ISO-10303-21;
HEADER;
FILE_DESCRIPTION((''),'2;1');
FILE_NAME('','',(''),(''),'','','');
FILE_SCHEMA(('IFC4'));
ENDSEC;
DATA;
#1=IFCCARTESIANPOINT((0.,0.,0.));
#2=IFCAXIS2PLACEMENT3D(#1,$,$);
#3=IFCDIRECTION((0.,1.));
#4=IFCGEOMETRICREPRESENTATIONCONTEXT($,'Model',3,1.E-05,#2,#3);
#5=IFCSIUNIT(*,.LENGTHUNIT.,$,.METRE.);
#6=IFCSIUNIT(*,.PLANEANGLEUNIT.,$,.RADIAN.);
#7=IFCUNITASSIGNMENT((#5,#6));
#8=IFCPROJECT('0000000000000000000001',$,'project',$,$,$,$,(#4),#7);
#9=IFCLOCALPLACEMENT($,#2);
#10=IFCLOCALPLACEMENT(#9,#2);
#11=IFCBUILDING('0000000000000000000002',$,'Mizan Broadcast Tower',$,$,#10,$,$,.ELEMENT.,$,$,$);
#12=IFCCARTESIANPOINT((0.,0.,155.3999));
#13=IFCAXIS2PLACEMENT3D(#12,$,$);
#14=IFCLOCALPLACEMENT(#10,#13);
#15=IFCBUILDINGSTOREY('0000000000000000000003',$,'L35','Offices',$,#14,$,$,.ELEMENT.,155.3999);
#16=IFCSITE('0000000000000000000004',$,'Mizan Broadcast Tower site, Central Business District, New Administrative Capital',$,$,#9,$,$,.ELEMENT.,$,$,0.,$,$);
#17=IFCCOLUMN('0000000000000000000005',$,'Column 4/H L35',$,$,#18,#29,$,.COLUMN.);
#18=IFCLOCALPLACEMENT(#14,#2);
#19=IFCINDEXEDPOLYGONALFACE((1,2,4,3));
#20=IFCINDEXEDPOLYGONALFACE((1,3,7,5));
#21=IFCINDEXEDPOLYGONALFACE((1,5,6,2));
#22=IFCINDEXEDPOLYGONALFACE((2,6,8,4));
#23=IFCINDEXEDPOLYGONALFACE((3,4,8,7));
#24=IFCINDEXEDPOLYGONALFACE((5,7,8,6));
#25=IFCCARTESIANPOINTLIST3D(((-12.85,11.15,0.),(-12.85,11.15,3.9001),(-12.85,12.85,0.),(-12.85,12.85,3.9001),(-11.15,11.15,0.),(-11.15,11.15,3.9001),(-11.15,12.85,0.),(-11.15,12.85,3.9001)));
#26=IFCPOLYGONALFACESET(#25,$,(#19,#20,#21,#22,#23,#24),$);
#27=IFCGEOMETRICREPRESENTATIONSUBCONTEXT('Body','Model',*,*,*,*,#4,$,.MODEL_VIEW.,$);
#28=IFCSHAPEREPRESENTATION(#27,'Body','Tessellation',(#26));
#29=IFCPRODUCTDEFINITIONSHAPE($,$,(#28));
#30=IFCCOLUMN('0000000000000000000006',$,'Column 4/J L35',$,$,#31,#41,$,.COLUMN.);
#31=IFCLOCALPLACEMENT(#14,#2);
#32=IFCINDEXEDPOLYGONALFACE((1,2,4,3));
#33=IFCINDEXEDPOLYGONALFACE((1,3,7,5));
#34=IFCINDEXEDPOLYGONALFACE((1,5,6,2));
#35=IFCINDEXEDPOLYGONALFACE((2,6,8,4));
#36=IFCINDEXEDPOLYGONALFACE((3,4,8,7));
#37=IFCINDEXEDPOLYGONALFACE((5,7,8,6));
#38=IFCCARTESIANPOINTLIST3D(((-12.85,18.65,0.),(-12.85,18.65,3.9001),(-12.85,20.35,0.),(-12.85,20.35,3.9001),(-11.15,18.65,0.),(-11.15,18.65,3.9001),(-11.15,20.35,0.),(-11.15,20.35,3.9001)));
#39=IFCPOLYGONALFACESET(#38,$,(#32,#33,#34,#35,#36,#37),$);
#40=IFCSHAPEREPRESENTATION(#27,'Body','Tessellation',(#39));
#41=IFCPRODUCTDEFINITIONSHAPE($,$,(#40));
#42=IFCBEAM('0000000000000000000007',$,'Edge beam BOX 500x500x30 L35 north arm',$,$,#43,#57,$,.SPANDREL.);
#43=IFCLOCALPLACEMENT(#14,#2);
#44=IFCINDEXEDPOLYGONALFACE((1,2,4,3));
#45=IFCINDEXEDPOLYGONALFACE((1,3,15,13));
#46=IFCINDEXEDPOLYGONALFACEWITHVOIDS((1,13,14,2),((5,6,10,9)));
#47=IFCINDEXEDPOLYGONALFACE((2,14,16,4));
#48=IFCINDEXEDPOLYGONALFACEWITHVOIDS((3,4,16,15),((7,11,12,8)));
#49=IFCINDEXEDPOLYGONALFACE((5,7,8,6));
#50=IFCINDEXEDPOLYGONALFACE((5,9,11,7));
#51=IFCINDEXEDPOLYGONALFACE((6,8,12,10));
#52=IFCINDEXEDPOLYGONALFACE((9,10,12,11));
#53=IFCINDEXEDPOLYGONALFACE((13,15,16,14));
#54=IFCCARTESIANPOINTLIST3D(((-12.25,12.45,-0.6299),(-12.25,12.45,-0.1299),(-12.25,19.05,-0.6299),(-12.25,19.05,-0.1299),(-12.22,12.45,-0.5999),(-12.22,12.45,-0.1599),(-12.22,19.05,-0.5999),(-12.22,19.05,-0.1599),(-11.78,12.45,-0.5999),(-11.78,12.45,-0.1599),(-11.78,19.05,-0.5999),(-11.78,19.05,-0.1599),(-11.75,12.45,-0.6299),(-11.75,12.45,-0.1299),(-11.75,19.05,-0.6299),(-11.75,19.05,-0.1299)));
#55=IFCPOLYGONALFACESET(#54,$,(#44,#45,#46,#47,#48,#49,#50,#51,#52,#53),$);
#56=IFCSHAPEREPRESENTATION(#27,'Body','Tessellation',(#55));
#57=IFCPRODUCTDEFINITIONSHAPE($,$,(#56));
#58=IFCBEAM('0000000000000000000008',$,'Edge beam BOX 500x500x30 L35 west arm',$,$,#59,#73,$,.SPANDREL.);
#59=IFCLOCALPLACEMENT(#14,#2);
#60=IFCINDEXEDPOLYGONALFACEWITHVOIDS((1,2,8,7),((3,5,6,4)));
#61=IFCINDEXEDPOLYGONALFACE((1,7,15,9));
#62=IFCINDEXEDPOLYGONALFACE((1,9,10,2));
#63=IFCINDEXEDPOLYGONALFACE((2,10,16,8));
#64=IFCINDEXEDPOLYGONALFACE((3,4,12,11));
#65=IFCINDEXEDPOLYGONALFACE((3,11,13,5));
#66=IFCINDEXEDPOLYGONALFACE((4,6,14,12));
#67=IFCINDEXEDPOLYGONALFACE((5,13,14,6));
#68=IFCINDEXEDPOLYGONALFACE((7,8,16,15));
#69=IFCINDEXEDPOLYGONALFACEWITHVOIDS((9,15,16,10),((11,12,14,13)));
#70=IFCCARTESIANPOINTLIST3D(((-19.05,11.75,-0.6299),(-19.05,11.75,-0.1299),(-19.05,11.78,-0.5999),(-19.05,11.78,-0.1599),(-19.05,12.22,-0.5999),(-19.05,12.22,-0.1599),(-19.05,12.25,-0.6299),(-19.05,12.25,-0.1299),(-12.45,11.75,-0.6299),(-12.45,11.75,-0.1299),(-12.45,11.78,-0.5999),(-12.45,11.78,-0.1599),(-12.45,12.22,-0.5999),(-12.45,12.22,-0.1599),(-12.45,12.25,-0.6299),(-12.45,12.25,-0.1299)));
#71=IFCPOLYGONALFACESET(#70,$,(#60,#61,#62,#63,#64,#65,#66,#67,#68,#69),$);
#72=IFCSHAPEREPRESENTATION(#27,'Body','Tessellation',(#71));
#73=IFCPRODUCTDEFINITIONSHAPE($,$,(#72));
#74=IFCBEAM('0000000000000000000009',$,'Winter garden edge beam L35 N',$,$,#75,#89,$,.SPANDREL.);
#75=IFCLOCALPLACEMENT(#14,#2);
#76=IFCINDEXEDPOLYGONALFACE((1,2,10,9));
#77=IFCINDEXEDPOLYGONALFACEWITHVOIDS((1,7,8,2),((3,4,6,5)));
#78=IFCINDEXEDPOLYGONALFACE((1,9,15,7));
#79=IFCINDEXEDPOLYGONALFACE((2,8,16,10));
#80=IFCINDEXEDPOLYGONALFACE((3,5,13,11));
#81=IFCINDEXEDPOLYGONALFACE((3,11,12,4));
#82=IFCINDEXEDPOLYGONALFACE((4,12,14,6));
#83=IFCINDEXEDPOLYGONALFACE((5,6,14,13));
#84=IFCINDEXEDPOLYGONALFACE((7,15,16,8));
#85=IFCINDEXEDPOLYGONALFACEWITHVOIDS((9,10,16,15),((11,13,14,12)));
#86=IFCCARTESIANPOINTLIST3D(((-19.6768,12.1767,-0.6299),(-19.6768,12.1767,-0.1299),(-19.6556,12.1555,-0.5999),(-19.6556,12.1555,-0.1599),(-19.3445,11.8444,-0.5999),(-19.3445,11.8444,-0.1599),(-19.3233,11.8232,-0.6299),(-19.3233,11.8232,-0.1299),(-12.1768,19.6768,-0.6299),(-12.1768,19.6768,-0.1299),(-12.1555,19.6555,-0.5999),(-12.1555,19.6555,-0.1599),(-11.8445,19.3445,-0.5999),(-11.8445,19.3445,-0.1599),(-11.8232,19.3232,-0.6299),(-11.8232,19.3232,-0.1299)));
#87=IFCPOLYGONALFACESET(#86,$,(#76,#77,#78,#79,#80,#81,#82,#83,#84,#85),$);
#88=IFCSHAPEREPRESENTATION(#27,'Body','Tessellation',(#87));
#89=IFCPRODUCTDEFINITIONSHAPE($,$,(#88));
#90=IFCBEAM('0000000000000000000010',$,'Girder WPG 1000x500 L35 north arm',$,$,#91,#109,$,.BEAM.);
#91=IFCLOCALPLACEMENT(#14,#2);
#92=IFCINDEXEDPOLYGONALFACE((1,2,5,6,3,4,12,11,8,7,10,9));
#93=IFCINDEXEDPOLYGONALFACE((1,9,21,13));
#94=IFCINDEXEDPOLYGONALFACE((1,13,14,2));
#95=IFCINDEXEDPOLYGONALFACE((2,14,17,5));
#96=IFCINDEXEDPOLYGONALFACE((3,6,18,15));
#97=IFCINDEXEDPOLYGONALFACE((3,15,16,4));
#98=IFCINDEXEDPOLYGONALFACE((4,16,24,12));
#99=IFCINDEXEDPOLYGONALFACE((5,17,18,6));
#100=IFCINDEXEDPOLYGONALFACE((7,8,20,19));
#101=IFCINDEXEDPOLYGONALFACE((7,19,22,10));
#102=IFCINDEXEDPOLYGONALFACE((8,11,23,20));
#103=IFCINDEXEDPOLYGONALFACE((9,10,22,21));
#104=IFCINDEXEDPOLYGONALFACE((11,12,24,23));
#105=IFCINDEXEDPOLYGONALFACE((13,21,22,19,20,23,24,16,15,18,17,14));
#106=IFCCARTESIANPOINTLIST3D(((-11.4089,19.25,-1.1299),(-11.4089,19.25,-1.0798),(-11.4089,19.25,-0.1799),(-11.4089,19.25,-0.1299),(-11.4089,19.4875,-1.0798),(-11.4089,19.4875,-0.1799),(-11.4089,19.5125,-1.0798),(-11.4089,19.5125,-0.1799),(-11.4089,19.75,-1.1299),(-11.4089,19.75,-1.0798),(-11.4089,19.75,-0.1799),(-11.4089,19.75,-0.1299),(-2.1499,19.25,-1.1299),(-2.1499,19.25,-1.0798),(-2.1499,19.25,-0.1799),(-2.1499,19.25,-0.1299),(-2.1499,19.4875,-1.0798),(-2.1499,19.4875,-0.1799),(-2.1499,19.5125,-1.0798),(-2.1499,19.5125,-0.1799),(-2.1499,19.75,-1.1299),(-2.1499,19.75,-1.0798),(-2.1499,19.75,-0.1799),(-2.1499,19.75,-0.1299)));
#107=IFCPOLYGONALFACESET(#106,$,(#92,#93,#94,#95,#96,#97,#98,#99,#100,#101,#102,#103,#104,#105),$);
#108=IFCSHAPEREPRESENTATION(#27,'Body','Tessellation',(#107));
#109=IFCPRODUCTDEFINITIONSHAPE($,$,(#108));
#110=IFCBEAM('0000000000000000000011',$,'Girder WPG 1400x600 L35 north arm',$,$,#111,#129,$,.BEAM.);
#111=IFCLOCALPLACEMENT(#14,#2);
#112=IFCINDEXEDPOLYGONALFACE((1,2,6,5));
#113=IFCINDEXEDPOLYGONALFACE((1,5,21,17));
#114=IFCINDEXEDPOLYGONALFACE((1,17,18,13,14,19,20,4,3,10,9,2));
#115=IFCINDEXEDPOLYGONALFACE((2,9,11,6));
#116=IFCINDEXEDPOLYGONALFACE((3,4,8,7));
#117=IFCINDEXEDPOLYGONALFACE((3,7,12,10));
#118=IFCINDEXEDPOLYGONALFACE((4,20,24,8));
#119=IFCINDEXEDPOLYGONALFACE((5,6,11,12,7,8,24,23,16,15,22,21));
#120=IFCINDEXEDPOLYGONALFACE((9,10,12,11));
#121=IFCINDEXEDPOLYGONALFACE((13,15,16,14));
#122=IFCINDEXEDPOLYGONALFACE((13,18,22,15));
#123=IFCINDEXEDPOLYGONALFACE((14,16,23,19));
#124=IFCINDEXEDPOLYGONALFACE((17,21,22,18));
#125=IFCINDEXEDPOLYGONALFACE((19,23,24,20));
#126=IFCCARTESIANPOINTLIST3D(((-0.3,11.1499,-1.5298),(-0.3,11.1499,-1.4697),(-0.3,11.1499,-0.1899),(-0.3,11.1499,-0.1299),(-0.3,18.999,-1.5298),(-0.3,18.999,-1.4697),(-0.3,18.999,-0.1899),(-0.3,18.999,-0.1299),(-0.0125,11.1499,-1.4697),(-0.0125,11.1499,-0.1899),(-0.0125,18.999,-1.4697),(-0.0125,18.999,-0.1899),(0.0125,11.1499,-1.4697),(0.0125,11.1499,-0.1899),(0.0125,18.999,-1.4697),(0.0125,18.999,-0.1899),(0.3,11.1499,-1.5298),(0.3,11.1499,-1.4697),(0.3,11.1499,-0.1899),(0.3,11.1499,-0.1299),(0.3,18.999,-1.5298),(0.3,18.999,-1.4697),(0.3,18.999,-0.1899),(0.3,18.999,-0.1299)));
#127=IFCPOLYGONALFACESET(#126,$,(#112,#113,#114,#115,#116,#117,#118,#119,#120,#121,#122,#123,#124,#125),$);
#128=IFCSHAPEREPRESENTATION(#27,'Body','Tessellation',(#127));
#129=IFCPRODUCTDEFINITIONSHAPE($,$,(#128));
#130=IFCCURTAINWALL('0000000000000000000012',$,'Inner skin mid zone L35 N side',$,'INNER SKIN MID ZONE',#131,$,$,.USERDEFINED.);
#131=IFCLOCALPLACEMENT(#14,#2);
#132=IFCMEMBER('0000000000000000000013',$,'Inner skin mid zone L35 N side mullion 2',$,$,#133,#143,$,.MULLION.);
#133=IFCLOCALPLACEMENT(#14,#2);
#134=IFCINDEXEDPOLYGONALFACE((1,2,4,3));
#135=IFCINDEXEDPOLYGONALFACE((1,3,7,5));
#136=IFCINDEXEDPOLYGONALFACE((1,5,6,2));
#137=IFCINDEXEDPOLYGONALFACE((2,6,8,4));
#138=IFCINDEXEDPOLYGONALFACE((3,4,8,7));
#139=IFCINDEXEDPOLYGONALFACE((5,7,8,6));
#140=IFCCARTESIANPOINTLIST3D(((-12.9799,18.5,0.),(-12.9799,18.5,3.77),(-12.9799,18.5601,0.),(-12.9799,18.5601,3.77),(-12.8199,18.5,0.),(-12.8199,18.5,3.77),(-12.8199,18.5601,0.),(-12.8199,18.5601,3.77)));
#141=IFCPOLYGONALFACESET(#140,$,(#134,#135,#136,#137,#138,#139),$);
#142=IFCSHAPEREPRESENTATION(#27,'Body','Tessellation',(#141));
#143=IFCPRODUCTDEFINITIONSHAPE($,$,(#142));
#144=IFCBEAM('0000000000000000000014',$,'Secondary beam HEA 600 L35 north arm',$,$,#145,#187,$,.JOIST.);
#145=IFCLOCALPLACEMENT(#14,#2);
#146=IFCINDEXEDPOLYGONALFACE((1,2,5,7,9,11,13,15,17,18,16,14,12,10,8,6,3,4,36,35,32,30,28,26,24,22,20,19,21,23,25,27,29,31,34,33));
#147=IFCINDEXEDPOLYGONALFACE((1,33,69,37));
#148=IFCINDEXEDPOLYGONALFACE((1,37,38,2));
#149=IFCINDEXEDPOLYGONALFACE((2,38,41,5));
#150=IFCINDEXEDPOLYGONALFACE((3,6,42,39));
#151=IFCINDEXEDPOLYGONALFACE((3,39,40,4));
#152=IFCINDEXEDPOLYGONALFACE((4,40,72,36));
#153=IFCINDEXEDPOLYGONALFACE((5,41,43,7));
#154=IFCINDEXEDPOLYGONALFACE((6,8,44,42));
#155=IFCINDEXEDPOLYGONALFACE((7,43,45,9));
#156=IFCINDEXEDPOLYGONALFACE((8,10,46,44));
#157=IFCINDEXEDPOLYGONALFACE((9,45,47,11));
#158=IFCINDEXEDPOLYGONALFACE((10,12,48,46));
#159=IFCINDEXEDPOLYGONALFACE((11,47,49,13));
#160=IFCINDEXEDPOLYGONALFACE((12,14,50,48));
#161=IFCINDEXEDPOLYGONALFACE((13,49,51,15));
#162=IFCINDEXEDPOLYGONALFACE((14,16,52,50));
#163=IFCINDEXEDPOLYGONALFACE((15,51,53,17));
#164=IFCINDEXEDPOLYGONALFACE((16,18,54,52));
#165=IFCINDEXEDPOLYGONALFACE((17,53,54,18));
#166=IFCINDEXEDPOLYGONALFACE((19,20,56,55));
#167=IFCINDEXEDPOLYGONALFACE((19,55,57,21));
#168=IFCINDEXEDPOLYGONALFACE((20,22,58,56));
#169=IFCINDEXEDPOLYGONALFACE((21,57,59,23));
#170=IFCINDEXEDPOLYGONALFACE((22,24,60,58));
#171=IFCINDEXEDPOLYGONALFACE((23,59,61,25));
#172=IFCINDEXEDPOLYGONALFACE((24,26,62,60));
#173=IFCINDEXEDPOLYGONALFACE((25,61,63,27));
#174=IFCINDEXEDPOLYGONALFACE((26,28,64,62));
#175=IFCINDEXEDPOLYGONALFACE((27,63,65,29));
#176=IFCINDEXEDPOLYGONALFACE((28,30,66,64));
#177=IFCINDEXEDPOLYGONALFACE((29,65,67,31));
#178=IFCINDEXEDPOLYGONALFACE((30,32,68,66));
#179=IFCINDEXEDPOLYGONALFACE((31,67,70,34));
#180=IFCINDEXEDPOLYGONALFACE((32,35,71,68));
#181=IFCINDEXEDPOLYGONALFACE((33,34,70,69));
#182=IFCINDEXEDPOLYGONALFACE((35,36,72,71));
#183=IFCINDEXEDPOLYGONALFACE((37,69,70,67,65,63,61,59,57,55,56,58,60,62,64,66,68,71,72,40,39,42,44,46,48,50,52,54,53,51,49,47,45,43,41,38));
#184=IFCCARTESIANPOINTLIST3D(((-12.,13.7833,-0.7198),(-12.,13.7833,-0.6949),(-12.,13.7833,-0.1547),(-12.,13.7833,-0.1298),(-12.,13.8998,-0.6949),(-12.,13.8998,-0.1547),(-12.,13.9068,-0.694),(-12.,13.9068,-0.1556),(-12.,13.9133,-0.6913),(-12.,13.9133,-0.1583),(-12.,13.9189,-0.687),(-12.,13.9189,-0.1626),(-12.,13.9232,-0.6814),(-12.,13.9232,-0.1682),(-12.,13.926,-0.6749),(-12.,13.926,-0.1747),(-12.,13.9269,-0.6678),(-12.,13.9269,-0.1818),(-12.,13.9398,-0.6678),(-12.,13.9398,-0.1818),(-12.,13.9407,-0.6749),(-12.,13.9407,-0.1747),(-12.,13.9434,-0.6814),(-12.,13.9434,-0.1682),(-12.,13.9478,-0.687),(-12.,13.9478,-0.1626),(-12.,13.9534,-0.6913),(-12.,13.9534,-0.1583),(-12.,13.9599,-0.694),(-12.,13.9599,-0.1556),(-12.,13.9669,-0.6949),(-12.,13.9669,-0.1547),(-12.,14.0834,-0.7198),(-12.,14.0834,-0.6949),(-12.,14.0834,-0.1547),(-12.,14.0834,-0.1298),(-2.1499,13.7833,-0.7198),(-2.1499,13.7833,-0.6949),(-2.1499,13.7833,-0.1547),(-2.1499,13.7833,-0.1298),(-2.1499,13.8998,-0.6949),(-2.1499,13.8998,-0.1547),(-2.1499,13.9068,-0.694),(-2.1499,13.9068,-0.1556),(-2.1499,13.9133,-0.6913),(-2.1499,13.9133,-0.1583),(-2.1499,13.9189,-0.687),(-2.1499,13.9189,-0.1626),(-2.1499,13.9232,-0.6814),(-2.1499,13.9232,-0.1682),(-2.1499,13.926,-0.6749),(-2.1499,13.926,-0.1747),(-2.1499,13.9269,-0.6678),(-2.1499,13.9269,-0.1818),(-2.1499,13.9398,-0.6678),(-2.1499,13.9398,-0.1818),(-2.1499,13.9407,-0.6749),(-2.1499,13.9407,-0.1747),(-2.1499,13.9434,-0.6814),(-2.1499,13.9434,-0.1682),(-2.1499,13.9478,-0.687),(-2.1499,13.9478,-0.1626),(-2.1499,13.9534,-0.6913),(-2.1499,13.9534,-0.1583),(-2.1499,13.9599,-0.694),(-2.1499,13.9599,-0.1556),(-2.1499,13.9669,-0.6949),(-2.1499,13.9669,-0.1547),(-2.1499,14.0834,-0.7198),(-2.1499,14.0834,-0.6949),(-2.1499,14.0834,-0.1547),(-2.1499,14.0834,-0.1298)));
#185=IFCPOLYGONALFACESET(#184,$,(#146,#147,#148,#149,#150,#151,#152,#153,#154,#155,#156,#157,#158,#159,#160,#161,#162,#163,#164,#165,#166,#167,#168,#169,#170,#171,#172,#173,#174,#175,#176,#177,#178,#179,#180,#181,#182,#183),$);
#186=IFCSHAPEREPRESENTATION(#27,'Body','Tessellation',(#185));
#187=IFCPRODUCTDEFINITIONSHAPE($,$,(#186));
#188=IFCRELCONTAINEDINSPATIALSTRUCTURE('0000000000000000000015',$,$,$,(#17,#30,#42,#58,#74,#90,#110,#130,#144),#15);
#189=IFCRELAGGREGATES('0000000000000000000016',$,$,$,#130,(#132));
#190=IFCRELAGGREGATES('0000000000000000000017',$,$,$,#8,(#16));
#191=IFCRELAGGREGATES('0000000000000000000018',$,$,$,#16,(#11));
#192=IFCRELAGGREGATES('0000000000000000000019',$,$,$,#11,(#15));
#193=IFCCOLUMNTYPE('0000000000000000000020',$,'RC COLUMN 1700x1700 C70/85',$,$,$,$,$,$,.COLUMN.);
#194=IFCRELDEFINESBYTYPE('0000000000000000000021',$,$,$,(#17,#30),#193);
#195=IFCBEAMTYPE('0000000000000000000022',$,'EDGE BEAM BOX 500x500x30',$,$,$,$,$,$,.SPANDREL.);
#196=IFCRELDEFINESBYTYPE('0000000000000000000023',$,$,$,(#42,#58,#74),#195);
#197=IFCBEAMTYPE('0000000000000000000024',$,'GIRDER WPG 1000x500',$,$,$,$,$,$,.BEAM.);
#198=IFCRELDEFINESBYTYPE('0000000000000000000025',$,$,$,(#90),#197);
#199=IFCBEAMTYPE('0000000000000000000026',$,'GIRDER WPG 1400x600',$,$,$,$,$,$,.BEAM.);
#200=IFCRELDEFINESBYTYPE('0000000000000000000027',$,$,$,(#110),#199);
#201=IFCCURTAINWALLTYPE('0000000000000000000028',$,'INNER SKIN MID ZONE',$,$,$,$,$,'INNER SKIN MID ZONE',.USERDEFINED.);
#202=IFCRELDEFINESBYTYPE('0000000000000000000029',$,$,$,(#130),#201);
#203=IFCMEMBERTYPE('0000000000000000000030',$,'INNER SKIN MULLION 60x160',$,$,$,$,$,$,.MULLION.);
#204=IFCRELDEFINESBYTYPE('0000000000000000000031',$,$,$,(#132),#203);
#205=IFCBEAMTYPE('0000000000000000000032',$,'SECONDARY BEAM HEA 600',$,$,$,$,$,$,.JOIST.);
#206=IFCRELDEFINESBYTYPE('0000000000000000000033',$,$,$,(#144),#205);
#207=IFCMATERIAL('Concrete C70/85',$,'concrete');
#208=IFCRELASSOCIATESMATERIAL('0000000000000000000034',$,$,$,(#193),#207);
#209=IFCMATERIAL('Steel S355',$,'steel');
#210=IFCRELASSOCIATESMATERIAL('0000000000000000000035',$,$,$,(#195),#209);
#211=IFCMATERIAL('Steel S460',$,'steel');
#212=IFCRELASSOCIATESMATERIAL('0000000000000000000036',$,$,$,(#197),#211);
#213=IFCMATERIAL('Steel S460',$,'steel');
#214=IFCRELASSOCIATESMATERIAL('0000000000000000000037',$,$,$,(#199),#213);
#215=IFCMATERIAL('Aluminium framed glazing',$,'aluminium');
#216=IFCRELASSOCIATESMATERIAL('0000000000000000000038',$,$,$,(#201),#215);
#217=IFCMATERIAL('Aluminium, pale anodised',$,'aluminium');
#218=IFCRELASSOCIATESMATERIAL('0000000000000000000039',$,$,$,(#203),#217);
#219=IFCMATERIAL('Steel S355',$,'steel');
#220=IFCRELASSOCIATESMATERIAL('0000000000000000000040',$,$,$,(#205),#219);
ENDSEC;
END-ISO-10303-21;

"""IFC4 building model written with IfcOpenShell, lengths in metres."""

from ifc_helpers import new_model, si_unit, direction, frame, origin, origin_2d, place, context, subcontext, project, spatial, rectangle, hollow_rectangle, i_section, extrude, material, material_profile, profile_set, type_object, element, aggregate, save


model = new_model("IFC4")

# Units and contexts
model_context = context("Model", 3, precision=1e-05, world=origin(), true_north=direction((0.0, 1.0)))
body_context = subcontext(model_context, "Body", "Model", "MODEL_VIEW")
ifc_project = project(units=[si_unit("LENGTHUNIT", "METRE"), si_unit("PLANEANGLEUNIT", "RADIAN")], contexts=[model_context])

# Site, building, storey
site_placement = place(None, origin())
site = spatial("IfcSite", under=ifc_project, at=site_placement, Name="Mizan Broadcast Tower site, Central Business District, New Administrative Capital", CompositionType="ELEMENT", RefElevation=0.0)
building_placement = place(site_placement, origin())
building = spatial("IfcBuilding", under=site, at=building_placement, Name="Mizan Broadcast Tower", CompositionType="ELEMENT")
storey_placement = place(building_placement, frame((0.0, 0.0, 155.3999)))
storey = spatial("IfcBuildingStorey", under=building, at=storey_placement, Name="L35", Description="Offices", CompositionType="ELEMENT", Elevation=155.3999)

# Columns
ifc_material_1 = material(Name="Concrete C70/85", Category="concrete")
ifc_material_profile_1 = material_profile(ifc_material_1, rectangle(XDim=1.7, YDim=1.7, at=origin_2d()), Name="RC 1700x1700")
ifc_profile_set_1 = profile_set([ifc_material_profile_1], Name="Concrete C70/85")
column_type = type_object("IfcColumnType", Name="RC COLUMN 1700x1700 C70/85", PredefinedType="COLUMN", material=ifc_profile_set_1)
for number, where, z_axis, x_axis, name in (
    (1, (-12.0, 12.0, 0.0), (0.0, 0.0, 1.0), (1.0, 0.0, 0.0), "Column 4/H L35"),
    (2, (-12.0, 19.5, 0.0), (0.0, 0.0, 1.0), (1.0, 0.0, 0.0), "Column 4/J L35"),
):
    element("IfcColumn", number, at=place(storey_placement, frame(where, z_axis=z_axis, x_axis=x_axis)), inside=storey, type_object=column_type, Name=name, PredefinedType="COLUMN", context=body_context, shape_type="SweptSolid", body=[
        extrude(rectangle(XDim=1.7, YDim=1.7, at=origin_2d()), origin(), (0.0, 0.0, 1.0), 3.9001),
    ])

# Beams
ifc_material_2 = material(Name="Steel S355", Category="steel")
ifc_material_profile_2 = material_profile(ifc_material_2, hollow_rectangle(XDim=0.5, YDim=0.5, WallThickness=0.03, at=origin_2d()), Name="BOX 500x500x30")
ifc_profile_set_2 = profile_set([ifc_material_profile_2], Name="Steel S355")
beam_type_1 = type_object("IfcBeamType", Name="EDGE BEAM BOX 500x500x30", PredefinedType="SPANDREL", material=ifc_profile_set_2)
for number, where, z_axis, x_axis, name in (
    (3, (-12.0, 12.45, -0.3799), (0.0, 1.0, 0.0), (-1.0, 0.0, 0.0), "Edge beam BOX 500x500x30 L35 north arm"),
    (4, (-12.45, 12.0, -0.3799), (-1.0, 0.0, 0.0), (0.0, -1.0, 0.0), "Edge beam BOX 500x500x30 L35 west arm"),
):
    element("IfcBeam", number, at=place(storey_placement, frame(where, z_axis=z_axis, x_axis=x_axis)), inside=storey, type_object=beam_type_1, Name=name, PredefinedType="SPANDREL", context=body_context, shape_type="SweptSolid", body=[
        extrude(hollow_rectangle(XDim=0.5, YDim=0.5, WallThickness=0.03, at=origin_2d()), origin(), (0.0, 0.0, 1.0), 6.6001),
    ])
beam_1_placement = place(storey_placement, frame((-12.0, 19.5, -0.3799), z_axis=(-0.707107, -0.707107, 0.0), x_axis=(0.707107, -0.707107, 0.0)))
element("IfcBeam", 5, at=beam_1_placement, inside=storey, type_object=beam_type_1, Name="Winter garden edge beam L35 N", PredefinedType="SPANDREL", context=body_context, shape_type="SweptSolid", body=[
    extrude(hollow_rectangle(XDim=0.5, YDim=0.5, WallThickness=0.03, at=origin_2d()), origin(), (0.0, 0.0, 1.0), 10.6067),
])
ifc_material_3 = material(Name="Steel S460", Category="steel")
ifc_material_profile_3 = material_profile(ifc_material_3, i_section(OverallWidth=0.5, OverallDepth=1.0, WebThickness=0.0249, FlangeThickness=0.05, at=origin_2d()), Name="WPG 1000x500")
ifc_profile_set_3 = profile_set([ifc_material_profile_3], Name="Steel S460")
beam_type_2 = type_object("IfcBeamType", Name="GIRDER WPG 1000x500", PredefinedType="BEAM", material=ifc_profile_set_3)
beam_2_placement = place(storey_placement, frame((-11.4089, 19.5, -0.6299), z_axis=(1.0, 0.0, 0.0), x_axis=(0.0, 1.0, 0.0)))
element("IfcBeam", 6, at=beam_2_placement, inside=storey, type_object=beam_type_2, Name="Girder WPG 1000x500 L35 north arm", PredefinedType="BEAM", context=body_context, shape_type="SweptSolid", body=[
    extrude(i_section(OverallWidth=0.5, OverallDepth=1.0, WebThickness=0.0249, FlangeThickness=0.05, at=origin_2d()), origin(), (0.0, 0.0, 1.0), 9.259),
])
ifc_material_4 = material(Name="Steel S460", Category="steel")
ifc_material_profile_4 = material_profile(ifc_material_4, i_section(OverallWidth=0.6001, OverallDepth=1.3999, WebThickness=0.0249, FlangeThickness=0.0601, at=origin_2d()), Name="WPG 1400x600")
ifc_profile_set_4 = profile_set([ifc_material_profile_4], Name="Steel S460")
beam_type_3 = type_object("IfcBeamType", Name="GIRDER WPG 1400x600", PredefinedType="BEAM", material=ifc_profile_set_4)
beam_3_placement = place(storey_placement, frame((0.0, 11.1499, -0.8298), z_axis=(0.0, 1.0, 0.0), x_axis=(-1.0, 0.0, 0.0)))
element("IfcBeam", 7, at=beam_3_placement, inside=storey, type_object=beam_type_3, Name="Girder WPG 1400x600 L35 north arm", PredefinedType="BEAM", context=body_context, shape_type="SweptSolid", body=[
    extrude(i_section(OverallWidth=0.6001, OverallDepth=1.3999, WebThickness=0.0249, FlangeThickness=0.0601, at=origin_2d()), origin(), (0.0, 0.0, 1.0), 7.8491),
])

# Curtain wall, member
ifc_material_5 = material(Name="Aluminium framed glazing", Category="aluminium")
curtain_wall_type = type_object("IfcCurtainWallType", Name="INNER SKIN MID ZONE", ElementType="INNER SKIN MID ZONE", PredefinedType="USERDEFINED", material=ifc_material_5)
curtain_wall_placement = place(storey_placement, origin())
curtain_wall = element("IfcCurtainWall", 8, at=curtain_wall_placement, inside=storey, type_object=curtain_wall_type, Name="Inner skin mid zone L35 N side", ObjectType="INNER SKIN MID ZONE", PredefinedType="USERDEFINED")
ifc_material_6 = material(Name="Aluminium, pale anodised", Category="aluminium")
ifc_material_profile_5 = material_profile(ifc_material_6, rectangle(XDim=0.1599, YDim=0.0601, at=origin_2d()), Name="MULLION 160x60")
ifc_profile_set_5 = profile_set([ifc_material_profile_5], Name="Aluminium, pale anodised")
member_type = type_object("IfcMemberType", Name="INNER SKIN MULLION 60x160", PredefinedType="MULLION", material=ifc_profile_set_5)
member_placement = place(storey_placement, frame((-12.8999, 18.53, 0.0), z_axis=(0.0, 0.0, 1.0), x_axis=(1.0, 0.0, 0.0)))
member = element("IfcMember", 9, at=member_placement, type_object=member_type, Name="Inner skin mid zone L35 N side mullion 2", PredefinedType="MULLION", context=body_context, shape_type="SweptSolid", body=[
    extrude(rectangle(XDim=0.1599, YDim=0.0601, at=origin_2d()), origin(), (0.0, 0.0, 1.0), 3.77),
])
aggregate(curtain_wall, [member])

# Beam
ifc_material_7 = material(Name="Steel S355", Category="steel")
ifc_material_profile_6 = material_profile(ifc_material_7, i_section(OverallWidth=0.3, OverallDepth=0.5901, WebThickness=0.0129, FlangeThickness=0.0249, FilletRadius=0.0271, at=origin_2d()), Name="HEA 600")
ifc_profile_set_6 = profile_set([ifc_material_profile_6], Name="Steel S355")
beam_type_4 = type_object("IfcBeamType", Name="SECONDARY BEAM HEA 600", PredefinedType="JOIST", material=ifc_profile_set_6)
for number, where, z_axis, x_axis, name in (
    (10, (-12.0, 13.9333, -0.4248), (1.0, 0.0, 0.0), (0.0, 1.0, 0.0), "Secondary beam HEA 600 L35 north arm"),
):
    element("IfcBeam", number, at=place(storey_placement, frame(where, z_axis=z_axis, x_axis=x_axis)), inside=storey, type_object=beam_type_4, Name=name, PredefinedType="JOIST", context=body_context, shape_type="SweptSolid", body=[
        extrude(i_section(OverallWidth=0.3, OverallDepth=0.5901, WebThickness=0.0129, FlangeThickness=0.0249, FilletRadius=0.0271, at=origin_2d()), origin(), (0.0, 0.0, 1.0), 9.8501),
    ])

save(model, "model.ifc")
